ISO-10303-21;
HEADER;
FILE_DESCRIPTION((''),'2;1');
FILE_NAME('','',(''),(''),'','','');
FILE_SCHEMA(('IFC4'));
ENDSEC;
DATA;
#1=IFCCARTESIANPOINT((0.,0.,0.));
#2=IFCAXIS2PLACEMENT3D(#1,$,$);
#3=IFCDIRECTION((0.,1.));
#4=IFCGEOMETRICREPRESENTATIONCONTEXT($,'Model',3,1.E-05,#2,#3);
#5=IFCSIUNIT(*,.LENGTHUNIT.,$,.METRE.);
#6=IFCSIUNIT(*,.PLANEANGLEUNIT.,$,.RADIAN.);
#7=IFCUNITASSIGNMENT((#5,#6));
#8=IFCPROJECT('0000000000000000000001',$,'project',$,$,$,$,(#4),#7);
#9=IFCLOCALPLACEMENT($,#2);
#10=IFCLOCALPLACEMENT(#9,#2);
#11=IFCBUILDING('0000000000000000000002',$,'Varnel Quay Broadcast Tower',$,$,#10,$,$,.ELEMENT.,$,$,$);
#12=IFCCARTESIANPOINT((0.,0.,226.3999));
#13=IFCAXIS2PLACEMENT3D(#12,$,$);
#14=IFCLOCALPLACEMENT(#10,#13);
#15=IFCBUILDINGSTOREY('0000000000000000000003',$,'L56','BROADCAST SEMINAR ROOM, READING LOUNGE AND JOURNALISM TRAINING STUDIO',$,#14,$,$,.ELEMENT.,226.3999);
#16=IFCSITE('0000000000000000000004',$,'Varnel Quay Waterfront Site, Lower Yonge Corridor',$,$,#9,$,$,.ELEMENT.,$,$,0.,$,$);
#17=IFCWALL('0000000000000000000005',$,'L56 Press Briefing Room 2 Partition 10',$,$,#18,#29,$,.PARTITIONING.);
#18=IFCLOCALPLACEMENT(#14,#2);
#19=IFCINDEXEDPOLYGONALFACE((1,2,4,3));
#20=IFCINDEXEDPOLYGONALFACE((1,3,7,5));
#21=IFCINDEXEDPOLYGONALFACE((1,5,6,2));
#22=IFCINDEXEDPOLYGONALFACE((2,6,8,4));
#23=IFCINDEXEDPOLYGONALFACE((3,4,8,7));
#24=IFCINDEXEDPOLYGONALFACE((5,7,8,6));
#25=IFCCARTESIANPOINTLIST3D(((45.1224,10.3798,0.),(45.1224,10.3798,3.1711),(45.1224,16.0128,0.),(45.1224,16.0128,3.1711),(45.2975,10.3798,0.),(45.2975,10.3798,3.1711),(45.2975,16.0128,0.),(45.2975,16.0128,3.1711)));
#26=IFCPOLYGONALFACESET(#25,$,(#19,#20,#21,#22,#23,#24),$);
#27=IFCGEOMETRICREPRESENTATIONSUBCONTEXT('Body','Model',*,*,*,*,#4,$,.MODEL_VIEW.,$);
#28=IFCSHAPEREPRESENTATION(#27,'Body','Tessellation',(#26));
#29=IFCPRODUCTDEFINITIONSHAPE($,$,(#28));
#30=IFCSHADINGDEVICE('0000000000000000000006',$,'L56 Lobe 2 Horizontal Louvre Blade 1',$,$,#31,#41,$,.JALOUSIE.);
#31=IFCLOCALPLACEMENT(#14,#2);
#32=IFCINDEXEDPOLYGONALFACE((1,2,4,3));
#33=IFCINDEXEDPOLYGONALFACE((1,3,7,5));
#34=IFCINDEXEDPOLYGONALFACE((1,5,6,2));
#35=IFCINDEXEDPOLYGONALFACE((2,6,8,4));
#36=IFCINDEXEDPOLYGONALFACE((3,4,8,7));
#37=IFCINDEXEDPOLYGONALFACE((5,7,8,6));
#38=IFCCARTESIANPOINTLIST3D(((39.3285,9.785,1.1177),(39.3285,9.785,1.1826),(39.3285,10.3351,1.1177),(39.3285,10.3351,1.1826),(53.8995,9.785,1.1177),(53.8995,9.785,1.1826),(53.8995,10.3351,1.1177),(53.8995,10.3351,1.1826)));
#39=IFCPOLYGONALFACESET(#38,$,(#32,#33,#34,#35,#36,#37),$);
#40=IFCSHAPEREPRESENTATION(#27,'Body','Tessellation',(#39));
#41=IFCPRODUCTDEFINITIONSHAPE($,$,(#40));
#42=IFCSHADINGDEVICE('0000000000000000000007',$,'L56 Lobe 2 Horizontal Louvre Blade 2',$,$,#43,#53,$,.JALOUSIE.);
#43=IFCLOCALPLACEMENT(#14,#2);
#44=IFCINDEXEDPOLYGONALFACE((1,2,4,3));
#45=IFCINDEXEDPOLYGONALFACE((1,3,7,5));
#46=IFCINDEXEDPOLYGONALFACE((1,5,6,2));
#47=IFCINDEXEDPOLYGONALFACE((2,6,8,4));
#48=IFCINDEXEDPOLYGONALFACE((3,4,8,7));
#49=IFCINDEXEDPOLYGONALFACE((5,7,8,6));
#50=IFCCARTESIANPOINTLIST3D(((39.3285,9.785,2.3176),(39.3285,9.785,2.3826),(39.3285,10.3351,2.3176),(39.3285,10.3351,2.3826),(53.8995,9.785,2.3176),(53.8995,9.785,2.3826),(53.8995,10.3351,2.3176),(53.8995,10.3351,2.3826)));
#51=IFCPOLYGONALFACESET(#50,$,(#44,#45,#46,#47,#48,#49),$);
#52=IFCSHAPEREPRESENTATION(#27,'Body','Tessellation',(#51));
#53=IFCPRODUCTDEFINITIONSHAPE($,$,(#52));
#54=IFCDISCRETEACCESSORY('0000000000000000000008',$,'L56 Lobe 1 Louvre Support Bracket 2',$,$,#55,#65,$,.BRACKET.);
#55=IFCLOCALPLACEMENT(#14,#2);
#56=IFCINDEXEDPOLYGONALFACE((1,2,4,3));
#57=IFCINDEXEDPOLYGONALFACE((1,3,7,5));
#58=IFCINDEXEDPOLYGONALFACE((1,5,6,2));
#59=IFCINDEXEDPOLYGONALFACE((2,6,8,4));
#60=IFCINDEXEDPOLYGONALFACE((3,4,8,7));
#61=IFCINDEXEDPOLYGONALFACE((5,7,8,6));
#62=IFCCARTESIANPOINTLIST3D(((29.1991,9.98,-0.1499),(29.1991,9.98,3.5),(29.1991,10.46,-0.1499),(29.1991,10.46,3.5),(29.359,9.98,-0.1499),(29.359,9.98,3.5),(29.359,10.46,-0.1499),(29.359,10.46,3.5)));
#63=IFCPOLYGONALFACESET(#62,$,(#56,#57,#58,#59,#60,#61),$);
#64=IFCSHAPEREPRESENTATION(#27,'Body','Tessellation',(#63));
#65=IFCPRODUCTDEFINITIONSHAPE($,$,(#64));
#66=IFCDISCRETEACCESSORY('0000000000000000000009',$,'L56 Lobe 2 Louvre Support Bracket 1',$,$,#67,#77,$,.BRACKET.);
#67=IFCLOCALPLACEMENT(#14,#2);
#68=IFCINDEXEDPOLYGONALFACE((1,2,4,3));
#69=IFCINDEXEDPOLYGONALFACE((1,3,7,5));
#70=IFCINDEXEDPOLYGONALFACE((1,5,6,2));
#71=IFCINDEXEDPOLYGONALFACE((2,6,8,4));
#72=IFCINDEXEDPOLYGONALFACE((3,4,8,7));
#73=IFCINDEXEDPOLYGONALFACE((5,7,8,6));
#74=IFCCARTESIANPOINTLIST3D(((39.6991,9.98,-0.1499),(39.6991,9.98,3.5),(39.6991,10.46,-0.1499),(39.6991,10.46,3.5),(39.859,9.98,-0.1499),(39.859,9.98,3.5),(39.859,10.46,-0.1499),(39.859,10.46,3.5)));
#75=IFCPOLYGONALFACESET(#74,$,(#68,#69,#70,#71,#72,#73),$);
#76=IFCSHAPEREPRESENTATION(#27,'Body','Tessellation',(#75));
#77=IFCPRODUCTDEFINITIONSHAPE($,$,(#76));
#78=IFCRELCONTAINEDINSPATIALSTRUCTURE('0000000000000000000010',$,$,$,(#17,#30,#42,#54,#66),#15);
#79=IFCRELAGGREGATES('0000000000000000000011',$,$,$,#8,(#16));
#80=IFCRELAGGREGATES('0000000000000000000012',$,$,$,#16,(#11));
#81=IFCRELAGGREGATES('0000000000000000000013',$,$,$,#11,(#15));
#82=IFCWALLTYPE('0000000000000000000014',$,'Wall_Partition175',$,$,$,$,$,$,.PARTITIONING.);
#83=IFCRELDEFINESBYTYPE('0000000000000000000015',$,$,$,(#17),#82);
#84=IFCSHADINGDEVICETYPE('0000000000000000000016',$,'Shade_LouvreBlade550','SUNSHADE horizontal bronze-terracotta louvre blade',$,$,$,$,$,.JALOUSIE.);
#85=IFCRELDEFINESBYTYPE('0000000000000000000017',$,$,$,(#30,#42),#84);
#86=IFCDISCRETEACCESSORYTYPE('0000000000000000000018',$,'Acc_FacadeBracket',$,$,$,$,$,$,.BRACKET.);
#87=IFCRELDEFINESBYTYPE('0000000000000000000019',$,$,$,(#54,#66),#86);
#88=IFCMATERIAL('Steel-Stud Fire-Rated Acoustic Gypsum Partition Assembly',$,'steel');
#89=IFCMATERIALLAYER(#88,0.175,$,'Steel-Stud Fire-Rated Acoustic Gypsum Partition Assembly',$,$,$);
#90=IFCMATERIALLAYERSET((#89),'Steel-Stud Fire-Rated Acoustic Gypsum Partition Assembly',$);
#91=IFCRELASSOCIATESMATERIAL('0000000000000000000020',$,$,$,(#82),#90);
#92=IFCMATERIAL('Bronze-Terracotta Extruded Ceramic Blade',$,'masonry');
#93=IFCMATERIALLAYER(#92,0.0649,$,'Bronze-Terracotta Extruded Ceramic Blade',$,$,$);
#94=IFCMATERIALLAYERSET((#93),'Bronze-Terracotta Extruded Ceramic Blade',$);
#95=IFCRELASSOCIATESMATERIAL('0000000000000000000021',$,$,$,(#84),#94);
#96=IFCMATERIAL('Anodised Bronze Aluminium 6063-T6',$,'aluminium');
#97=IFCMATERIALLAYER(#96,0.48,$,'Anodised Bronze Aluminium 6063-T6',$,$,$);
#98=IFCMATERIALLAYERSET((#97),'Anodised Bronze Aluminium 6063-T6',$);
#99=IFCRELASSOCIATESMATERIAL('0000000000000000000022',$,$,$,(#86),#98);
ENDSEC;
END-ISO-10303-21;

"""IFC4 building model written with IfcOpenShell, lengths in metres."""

from ifc_helpers import new_model, si_unit, direction, frame, frame_2d, origin, origin_2d, place, context, subcontext, project, spatial, rectangle, extrude, source, transform, mapped, material, layer, layer_set, type_object, type_shapes, element, save


model = new_model("IFC4")

# Units and contexts
model_context = context("Model", 3, precision=1e-05, world=origin(), true_north=direction((0.0, 1.0)))
body_context = subcontext(model_context, "Body", "Model", "MODEL_VIEW")
ifc_project = project(units=[si_unit("LENGTHUNIT", "METRE"), si_unit("PLANEANGLEUNIT", "RADIAN")], contexts=[model_context])

# Site, building, storey
site_placement = place(None, origin())
site = spatial("IfcSite", under=ifc_project, at=site_placement, Name="Varnel Quay Waterfront Site, Lower Yonge Corridor", CompositionType="ELEMENT", RefElevation=0.0)
building_placement = place(site_placement, origin())
building = spatial("IfcBuilding", under=site, at=building_placement, Name="Varnel Quay Broadcast Tower", CompositionType="ELEMENT")
storey_placement = place(building_placement, frame((0.0, 0.0, 226.3999)))
storey = spatial("IfcBuildingStorey", under=building, at=storey_placement, Name="L56", Description="BROADCAST SEMINAR ROOM, READING LOUNGE AND JOURNALISM TRAINING STUDIO", CompositionType="ELEMENT", Elevation=226.3999)

# Shared definitions
ifc_material_1 = material(Name="Anodised Bronze Aluminium 6063-T6", Category="aluminium")

# Shared definitions
ifc_material_2 = material(Name="Steel-Stud Fire-Rated Acoustic Gypsum Partition Assembly", Category="steel")

# Wall
ifc_layer_1 = layer(ifc_material_2, 0.175, Name="Steel-Stud Fire-Rated Acoustic Gypsum Partition Assembly")
ifc_layer_set_1 = layer_set([ifc_layer_1], Name="Steel-Stud Fire-Rated Acoustic Gypsum Partition Assembly")
wall_type_1 = type_object("IfcWallType", Name="Wall_Partition175", PredefinedType="PARTITIONING", material=ifc_layer_set_1)
wall_1_placement = place(storey_placement, frame((45.21, 10.3799, 0.0), z_axis=(0.0, 0.0, 1.0), x_axis=(0.0, 1.0, 0.0)))
element("IfcWall", 1, at=wall_1_placement, inside=storey, type_object=wall_type_1, Name="L56 Press Briefing Room 2 Partition 10", PredefinedType="PARTITIONING", context=body_context, shape_type="SweptSolid", body=[
    extrude(rectangle(XDim=5.6331, YDim=0.175, at=frame_2d((2.8164, 0.0))), origin(), (0.0, 0.0, 1.0), 3.1711),
])

# Shading devices
ifc_material_3 = material(Name="Bronze-Terracotta Extruded Ceramic Blade", Category="masonry")
ifc_layer_2 = layer(ifc_material_3, 0.0649, Name="Bronze-Terracotta Extruded Ceramic Blade")
ifc_layer_set_2 = layer_set([ifc_layer_2], Name="Bronze-Terracotta Extruded Ceramic Blade")
shading_device_type = type_object("IfcShadingDeviceType", Name="Shade_LouvreBlade550", Description="SUNSHADE horizontal bronze-terracotta louvre blade", PredefinedType="JALOUSIE", material=ifc_layer_set_2)
shared_shape_1 = source(origin(), body_context, "Body", "SweptSolid", [
    extrude(rectangle(XDim=14.571, YDim=0.55, at=origin_2d()), origin(), (0.0, 0.0, 1.0), 0.0649),
])
type_shapes(shading_device_type, [shared_shape_1])
for number, where, z_axis, x_axis, name in (
    (2, (46.614, 10.0601, 1.1177), (0.0, 0.0, 1.0), (1.0, 0.0, 0.0), "L56 Lobe 2 Horizontal Louvre Blade 1"),
    (3, (46.614, 10.0601, 2.3176), (0.0, 0.0, 1.0), (1.0, 0.0, 0.0), "L56 Lobe 2 Horizontal Louvre Blade 2"),
):
    element("IfcShadingDevice", number, at=place(storey_placement, frame(where, z_axis=z_axis, x_axis=x_axis)), inside=storey, type_object=shading_device_type, Name=name, PredefinedType="JALOUSIE", context=body_context, shape_type="MappedRepresentation", body=[
        mapped(shared_shape_1, transform((0.0, 0.0, 0.0), x_axis=(1.0, 0.0, 0.0), y_axis=(0.0, 1.0, 0.0), z_axis=(0.0, 0.0, 1.0), scale=1.0)),
    ])

# Discrete accessories
ifc_layer_3 = layer(ifc_material_1, 0.48, Name="Anodised Bronze Aluminium 6063-T6")
ifc_layer_set_3 = layer_set([ifc_layer_3], Name="Anodised Bronze Aluminium 6063-T6")
discrete_accessory_type = type_object("IfcDiscreteAccessoryType", Name="Acc_FacadeBracket", PredefinedType="BRACKET", material=ifc_layer_set_3)
shared_shape_2 = source(origin(), body_context, "Body", "SweptSolid", [
    extrude(rectangle(XDim=0.1599, YDim=0.48, at=origin_2d()), origin(), (0.0, 0.0, 1.0), 3.6499),
])
type_shapes(discrete_accessory_type, [shared_shape_2])
for number, where, z_axis, x_axis, name in (
    (4, (29.2791, 10.22, -0.1499), (0.0, 0.0, 1.0), (1.0, 0.0, 0.0), "L56 Lobe 1 Louvre Support Bracket 2"),
    (5, (39.7791, 10.22, -0.1499), (0.0, 0.0, 1.0), (1.0, 0.0, 0.0), "L56 Lobe 2 Louvre Support Bracket 1"),
):
    element("IfcDiscreteAccessory", number, at=place(storey_placement, frame(where, z_axis=z_axis, x_axis=x_axis)), inside=storey, type_object=discrete_accessory_type, Name=name, PredefinedType="BRACKET", context=body_context, shape_type="MappedRepresentation", body=[
        mapped(shared_shape_2, transform((0.0, 0.0, 0.0), x_axis=(1.0, 0.0, 0.0), y_axis=(0.0, 1.0, 0.0), z_axis=(0.0, 0.0, 1.0), scale=1.0)),
    ])

save(model, "model.ifc")
